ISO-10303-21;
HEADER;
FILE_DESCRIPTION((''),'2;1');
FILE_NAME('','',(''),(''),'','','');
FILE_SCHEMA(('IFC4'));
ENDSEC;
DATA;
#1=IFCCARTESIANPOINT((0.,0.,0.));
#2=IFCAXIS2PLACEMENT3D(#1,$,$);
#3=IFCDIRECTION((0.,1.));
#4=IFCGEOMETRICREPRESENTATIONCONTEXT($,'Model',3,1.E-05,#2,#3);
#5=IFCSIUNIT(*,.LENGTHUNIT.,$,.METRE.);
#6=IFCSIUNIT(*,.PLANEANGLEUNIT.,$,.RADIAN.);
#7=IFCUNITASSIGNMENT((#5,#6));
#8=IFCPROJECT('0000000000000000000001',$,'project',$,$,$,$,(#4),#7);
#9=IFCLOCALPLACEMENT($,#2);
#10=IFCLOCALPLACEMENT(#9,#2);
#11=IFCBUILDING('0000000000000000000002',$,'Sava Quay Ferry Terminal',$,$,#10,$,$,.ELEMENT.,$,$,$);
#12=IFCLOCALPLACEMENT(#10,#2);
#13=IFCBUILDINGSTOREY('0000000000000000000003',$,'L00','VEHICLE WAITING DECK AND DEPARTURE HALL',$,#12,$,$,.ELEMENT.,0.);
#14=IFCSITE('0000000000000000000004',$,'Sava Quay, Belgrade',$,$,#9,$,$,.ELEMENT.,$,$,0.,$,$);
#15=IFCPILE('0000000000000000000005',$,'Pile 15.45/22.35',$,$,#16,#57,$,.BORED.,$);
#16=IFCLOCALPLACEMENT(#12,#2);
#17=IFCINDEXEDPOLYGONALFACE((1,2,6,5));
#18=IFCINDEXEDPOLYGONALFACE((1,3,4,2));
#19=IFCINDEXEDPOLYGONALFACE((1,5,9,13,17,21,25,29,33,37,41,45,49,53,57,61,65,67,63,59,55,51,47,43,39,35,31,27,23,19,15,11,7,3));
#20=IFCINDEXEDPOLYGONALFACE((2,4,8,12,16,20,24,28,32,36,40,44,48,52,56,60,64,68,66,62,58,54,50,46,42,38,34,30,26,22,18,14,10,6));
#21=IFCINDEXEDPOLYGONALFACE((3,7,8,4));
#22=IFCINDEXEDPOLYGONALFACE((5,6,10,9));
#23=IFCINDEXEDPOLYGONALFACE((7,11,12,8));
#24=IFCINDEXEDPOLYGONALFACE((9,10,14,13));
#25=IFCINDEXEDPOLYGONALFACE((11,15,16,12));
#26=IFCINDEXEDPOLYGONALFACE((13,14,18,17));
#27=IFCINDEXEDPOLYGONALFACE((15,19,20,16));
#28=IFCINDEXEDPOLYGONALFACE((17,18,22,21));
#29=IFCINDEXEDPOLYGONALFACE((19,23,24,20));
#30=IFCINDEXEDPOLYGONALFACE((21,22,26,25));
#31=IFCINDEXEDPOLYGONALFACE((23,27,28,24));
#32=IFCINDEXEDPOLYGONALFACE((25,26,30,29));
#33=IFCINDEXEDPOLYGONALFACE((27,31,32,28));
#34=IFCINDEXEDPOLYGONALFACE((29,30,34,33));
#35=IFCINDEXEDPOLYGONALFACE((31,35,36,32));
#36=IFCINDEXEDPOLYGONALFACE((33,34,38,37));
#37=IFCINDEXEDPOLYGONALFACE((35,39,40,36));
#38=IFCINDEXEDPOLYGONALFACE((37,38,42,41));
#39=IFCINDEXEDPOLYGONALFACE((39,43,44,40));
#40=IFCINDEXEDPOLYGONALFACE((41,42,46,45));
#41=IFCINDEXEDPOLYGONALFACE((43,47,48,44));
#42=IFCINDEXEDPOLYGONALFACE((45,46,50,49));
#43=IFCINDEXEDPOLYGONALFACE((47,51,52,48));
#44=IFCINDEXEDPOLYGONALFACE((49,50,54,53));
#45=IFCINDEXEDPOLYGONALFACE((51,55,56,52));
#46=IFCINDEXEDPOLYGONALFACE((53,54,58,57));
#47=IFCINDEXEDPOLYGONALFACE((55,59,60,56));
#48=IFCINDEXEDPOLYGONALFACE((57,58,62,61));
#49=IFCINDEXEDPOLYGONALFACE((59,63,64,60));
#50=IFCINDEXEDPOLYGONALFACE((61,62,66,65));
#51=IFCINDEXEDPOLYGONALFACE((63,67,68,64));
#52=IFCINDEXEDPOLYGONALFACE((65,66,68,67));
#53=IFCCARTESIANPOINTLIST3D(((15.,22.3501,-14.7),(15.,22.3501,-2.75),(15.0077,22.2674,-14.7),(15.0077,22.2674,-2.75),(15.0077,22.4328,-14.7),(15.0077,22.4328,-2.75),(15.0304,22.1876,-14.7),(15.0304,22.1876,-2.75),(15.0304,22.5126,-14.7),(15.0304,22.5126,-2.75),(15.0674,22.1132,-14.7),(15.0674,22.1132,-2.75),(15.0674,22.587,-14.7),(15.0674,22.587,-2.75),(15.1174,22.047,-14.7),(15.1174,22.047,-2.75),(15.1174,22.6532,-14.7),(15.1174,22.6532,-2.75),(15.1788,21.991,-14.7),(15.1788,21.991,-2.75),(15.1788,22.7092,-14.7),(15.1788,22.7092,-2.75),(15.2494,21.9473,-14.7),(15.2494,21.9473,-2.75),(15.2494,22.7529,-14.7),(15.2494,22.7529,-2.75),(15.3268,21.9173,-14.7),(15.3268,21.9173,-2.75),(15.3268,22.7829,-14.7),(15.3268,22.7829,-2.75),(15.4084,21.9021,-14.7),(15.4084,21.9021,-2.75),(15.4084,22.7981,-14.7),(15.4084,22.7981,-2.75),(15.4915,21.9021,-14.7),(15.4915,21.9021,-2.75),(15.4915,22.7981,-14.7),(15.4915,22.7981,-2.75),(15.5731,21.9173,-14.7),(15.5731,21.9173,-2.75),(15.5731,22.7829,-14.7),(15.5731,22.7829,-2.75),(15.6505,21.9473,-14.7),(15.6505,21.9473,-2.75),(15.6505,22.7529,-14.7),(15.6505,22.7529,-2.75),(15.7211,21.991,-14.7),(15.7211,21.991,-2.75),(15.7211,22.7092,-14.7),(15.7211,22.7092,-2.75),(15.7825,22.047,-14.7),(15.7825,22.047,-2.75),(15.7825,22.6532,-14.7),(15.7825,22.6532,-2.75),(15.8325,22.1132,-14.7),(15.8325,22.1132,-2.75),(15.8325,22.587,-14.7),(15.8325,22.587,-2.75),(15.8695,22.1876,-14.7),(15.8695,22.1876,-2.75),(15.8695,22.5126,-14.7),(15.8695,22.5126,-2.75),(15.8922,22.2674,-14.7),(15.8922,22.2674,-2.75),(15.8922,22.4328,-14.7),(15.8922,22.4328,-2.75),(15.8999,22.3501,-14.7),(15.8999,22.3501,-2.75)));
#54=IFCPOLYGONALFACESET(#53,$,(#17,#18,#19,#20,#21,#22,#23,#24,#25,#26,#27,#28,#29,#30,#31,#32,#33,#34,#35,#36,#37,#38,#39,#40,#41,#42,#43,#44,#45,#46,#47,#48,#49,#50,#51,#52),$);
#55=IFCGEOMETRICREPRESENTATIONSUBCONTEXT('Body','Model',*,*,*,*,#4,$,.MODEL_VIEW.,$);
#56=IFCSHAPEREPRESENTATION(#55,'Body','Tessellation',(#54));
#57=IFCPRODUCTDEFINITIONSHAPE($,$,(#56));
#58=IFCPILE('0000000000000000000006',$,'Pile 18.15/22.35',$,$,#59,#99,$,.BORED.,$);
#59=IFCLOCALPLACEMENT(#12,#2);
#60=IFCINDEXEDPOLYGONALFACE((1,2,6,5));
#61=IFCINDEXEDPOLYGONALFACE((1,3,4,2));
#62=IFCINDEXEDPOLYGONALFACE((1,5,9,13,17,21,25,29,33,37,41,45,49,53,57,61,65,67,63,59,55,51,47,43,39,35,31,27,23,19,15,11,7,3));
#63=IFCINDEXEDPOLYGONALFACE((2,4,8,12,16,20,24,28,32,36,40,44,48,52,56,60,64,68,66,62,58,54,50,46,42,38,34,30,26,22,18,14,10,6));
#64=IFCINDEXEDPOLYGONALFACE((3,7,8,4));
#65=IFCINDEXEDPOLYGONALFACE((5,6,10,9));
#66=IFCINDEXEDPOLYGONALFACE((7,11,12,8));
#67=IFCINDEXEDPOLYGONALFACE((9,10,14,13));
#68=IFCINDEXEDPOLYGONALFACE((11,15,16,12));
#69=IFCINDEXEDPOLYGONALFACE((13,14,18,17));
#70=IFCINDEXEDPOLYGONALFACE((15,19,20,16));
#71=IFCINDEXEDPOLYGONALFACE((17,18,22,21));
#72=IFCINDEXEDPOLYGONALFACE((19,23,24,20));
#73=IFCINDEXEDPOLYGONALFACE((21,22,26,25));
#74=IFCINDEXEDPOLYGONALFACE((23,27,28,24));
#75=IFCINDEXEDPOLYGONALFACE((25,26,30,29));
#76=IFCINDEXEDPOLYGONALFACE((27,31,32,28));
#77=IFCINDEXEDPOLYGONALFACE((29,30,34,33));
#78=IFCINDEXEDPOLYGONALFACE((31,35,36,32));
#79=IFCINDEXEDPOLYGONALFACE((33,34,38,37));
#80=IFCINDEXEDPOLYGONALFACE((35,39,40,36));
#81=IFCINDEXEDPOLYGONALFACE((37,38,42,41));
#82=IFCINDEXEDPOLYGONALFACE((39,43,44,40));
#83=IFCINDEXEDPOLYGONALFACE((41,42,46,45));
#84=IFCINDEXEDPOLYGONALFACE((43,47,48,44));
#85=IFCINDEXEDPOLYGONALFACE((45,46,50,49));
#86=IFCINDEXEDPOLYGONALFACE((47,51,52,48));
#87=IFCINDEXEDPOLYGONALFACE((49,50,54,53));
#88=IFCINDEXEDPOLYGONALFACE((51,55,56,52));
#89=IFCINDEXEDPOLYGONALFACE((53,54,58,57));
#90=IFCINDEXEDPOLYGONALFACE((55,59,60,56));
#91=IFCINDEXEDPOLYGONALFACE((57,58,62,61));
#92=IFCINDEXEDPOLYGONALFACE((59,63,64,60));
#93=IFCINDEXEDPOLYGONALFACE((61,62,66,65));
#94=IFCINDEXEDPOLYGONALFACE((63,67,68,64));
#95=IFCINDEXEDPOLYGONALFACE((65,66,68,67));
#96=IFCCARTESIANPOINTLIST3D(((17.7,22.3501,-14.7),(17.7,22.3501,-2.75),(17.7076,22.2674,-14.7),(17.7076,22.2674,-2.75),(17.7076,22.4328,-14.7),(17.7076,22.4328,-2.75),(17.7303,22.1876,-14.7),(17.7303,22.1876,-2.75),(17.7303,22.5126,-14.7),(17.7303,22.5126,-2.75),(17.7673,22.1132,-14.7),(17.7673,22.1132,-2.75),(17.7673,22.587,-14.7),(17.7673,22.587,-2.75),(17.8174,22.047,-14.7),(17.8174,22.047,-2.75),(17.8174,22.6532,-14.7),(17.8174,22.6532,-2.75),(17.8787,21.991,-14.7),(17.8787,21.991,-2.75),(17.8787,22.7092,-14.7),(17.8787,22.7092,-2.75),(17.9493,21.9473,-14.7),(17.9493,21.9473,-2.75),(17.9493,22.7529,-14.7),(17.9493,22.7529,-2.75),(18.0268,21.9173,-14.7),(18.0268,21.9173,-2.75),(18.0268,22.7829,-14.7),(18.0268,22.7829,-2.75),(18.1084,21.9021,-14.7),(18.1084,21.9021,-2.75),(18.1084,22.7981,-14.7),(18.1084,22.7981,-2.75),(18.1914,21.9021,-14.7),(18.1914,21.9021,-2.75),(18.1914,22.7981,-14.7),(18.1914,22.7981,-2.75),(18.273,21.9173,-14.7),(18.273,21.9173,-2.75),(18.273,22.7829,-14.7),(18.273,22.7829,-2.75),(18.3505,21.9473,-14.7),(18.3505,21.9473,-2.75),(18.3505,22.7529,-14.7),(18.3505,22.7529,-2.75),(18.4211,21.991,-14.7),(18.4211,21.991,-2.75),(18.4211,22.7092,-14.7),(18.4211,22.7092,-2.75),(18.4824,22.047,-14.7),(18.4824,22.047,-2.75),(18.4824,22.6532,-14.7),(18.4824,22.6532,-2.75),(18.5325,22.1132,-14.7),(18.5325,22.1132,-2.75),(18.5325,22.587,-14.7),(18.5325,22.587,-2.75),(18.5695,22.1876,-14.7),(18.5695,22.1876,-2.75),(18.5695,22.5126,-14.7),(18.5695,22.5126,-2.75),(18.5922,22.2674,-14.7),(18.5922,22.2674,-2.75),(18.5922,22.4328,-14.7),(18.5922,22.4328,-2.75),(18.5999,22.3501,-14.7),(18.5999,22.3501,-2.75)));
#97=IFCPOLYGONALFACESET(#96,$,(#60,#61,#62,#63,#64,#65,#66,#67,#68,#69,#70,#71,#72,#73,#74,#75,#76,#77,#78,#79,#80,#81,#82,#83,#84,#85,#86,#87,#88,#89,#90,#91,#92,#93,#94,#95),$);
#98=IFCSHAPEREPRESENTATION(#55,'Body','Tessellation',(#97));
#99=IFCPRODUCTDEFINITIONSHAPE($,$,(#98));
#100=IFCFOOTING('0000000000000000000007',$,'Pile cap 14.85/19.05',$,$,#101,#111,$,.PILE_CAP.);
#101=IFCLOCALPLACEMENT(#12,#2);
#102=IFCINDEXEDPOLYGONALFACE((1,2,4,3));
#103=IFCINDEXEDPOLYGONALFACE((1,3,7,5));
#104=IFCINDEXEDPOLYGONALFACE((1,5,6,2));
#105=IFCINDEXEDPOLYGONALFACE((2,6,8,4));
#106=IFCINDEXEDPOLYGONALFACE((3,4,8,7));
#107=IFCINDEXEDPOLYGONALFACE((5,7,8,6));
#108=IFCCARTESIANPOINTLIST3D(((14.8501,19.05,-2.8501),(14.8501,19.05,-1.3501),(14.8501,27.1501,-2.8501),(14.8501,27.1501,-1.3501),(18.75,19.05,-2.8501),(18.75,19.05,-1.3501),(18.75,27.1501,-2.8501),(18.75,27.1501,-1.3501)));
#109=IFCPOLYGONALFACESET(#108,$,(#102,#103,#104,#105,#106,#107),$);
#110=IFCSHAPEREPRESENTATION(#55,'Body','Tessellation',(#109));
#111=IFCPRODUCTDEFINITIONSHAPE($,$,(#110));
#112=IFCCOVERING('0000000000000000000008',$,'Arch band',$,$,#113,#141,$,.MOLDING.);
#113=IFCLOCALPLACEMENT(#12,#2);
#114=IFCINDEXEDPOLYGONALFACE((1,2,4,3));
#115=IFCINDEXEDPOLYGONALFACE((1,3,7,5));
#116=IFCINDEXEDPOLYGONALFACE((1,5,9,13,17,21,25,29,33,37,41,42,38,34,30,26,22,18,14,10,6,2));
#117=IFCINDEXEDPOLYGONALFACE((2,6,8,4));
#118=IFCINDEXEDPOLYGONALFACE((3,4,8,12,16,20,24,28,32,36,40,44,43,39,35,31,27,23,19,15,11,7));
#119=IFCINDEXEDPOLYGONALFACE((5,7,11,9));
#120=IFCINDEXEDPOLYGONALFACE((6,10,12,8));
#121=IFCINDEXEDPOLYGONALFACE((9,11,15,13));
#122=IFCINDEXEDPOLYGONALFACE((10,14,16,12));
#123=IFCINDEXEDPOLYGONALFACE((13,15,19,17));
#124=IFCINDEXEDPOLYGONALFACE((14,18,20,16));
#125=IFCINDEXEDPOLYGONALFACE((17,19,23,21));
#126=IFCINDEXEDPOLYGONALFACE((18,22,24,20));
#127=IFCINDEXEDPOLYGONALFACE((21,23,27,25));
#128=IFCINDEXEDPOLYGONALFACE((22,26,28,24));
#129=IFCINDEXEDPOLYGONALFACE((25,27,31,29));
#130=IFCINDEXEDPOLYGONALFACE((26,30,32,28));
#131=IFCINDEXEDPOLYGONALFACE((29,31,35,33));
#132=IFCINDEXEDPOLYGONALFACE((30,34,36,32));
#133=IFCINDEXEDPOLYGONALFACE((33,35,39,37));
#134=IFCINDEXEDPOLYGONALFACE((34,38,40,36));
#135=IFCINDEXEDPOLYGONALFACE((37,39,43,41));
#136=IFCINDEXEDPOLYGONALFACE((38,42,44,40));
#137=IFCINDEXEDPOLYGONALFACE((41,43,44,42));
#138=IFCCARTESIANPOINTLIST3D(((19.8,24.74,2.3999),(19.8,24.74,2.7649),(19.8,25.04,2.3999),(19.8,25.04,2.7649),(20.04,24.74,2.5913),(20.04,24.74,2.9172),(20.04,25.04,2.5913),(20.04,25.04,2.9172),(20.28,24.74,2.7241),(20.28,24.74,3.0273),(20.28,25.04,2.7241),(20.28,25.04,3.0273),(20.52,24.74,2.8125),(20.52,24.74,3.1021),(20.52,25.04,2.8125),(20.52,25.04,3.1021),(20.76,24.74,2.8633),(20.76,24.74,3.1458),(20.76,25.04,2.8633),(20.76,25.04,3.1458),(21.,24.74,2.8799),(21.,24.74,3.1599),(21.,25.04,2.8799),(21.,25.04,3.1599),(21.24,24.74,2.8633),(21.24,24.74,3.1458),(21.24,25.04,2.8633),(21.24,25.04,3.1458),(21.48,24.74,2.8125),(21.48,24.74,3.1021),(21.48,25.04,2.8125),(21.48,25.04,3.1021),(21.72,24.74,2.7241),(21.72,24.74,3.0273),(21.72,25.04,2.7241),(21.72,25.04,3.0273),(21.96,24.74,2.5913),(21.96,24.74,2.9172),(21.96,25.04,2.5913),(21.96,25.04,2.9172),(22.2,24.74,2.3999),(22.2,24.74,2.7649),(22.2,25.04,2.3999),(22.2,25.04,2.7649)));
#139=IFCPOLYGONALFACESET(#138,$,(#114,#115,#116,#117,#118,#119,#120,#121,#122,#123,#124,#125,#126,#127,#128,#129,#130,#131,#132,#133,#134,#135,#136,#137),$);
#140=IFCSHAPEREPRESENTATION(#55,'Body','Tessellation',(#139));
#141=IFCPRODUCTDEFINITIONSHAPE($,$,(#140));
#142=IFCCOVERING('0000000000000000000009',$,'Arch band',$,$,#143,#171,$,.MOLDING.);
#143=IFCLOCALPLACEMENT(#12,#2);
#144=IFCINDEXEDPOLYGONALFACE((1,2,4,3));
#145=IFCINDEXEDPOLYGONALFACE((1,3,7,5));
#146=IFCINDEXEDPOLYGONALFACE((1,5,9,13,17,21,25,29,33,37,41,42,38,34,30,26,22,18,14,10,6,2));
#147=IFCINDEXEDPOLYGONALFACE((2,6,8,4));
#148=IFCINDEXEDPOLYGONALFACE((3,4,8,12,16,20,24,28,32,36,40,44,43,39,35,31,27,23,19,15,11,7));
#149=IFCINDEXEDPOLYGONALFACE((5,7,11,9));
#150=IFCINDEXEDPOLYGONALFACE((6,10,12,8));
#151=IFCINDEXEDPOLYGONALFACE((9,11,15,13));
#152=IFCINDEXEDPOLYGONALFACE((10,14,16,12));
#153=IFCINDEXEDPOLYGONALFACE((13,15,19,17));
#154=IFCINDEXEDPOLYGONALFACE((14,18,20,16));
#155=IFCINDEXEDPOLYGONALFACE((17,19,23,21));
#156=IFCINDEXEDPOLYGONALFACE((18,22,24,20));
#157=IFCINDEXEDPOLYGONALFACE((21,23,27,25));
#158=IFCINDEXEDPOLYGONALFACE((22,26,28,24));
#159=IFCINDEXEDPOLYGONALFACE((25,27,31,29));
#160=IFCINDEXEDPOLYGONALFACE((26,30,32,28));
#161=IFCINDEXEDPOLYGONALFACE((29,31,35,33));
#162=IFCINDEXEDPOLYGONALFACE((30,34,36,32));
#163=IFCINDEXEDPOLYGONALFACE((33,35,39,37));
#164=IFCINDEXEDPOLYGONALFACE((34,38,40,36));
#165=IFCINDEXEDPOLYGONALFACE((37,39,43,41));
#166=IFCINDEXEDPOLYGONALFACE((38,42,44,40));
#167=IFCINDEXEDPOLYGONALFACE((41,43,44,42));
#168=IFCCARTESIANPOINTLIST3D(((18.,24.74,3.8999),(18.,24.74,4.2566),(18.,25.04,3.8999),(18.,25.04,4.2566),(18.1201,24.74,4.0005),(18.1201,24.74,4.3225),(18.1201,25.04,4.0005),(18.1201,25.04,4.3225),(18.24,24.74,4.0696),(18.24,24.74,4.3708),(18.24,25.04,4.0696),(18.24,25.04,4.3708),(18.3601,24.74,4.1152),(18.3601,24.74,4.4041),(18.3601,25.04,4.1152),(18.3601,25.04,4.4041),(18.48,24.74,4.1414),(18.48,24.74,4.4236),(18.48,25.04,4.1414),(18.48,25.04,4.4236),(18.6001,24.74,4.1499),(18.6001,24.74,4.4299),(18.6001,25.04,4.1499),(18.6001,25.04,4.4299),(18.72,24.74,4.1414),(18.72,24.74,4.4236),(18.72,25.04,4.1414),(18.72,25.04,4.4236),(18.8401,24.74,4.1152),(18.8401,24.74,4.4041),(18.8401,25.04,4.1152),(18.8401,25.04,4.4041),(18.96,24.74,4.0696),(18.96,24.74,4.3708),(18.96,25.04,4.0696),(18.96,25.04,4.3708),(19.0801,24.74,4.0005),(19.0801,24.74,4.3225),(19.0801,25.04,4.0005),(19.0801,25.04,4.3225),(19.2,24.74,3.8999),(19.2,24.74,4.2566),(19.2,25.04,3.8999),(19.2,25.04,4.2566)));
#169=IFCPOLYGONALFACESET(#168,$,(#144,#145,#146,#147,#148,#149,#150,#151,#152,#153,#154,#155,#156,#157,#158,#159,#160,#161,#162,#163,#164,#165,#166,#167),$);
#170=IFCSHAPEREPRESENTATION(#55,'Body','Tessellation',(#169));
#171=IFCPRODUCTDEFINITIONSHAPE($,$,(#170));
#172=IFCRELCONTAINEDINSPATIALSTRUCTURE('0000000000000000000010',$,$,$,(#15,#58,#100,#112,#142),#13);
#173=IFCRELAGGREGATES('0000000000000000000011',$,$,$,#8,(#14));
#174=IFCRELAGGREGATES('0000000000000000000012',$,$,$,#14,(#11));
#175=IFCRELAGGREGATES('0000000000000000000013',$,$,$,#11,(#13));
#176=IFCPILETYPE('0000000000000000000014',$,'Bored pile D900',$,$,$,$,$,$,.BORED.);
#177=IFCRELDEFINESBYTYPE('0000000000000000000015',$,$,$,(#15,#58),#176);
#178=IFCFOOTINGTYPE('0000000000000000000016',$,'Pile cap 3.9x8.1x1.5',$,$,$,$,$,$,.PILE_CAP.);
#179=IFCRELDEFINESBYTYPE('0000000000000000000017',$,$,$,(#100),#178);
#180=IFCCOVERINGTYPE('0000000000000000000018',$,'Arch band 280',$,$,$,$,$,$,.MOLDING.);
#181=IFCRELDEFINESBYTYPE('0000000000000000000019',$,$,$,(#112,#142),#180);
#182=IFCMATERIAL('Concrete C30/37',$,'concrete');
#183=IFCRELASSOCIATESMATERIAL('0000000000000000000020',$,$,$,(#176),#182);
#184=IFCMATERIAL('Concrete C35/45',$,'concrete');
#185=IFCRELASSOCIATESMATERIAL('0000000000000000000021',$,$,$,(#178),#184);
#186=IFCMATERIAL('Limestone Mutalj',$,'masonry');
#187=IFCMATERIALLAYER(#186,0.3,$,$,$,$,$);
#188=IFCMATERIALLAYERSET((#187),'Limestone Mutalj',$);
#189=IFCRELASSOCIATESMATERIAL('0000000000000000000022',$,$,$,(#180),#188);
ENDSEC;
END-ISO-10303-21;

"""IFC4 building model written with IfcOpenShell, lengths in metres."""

from ifc_helpers import new_model, si_unit, direction, frame, origin, origin_2d, place, context, subcontext, project, spatial, polyline, rectangle, circle, outline, extrude, material, layer, layer_set, material_profile, profile_set, type_object, element, save


model = new_model("IFC4")

# Units and contexts
model_context = context("Model", 3, precision=1e-05, world=origin(), true_north=direction((0.0, 1.0)))
body_context = subcontext(model_context, "Body", "Model", "MODEL_VIEW")
ifc_project = project(units=[si_unit("LENGTHUNIT", "METRE"), si_unit("PLANEANGLEUNIT", "RADIAN")], contexts=[model_context])

# Site, building, storey
site_placement = place(None, origin())
site = spatial("IfcSite", under=ifc_project, at=site_placement, Name="Sava Quay, Belgrade", CompositionType="ELEMENT", RefElevation=0.0)
building_placement = place(site_placement, origin())
building = spatial("IfcBuilding", under=site, at=building_placement, Name="Sava Quay Ferry Terminal", CompositionType="ELEMENT")
storey_placement = place(building_placement, origin())
storey = spatial("IfcBuildingStorey", under=building, at=storey_placement, Name="L00", Description="VEHICLE WAITING DECK AND DEPARTURE HALL", CompositionType="ELEMENT", Elevation=0.0)

# Piles
ifc_material_1 = material(Name="Concrete C30/37", Category="concrete")
ifc_material_profile = material_profile(ifc_material_1, circle(Radius=0.45, at=origin_2d()), Name="Bored pile D900")
ifc_profile_set = profile_set([ifc_material_profile], Name="Concrete C30/37")
pile_type = type_object("IfcPileType", Name="Bored pile D900", PredefinedType="BORED", material=ifc_profile_set)
for number, where, z_axis, x_axis, name in (
    (1, (15.45, 22.3501, -2.75), (0.0, 0.0, -1.0), (1.0, 0.0, 0.0), "Pile 15.45/22.35"),
    (2, (18.1499, 22.3501, -2.75), (0.0, 0.0, -1.0), (1.0, 0.0, 0.0), "Pile 18.15/22.35"),
):
    element("IfcPile", number, at=place(storey_placement, frame(where, z_axis=z_axis, x_axis=x_axis)), inside=storey, type_object=pile_type, Name=name, PredefinedType="BORED", context=body_context, shape_type="SweptSolid", body=[
        extrude(circle(Radius=0.45, at=origin_2d()), origin(), (0.0, 0.0, 1.0), 11.95),
    ])

# Footing
ifc_material_2 = material(Name="Concrete C35/45", Category="concrete")
footing_type = type_object("IfcFootingType", Name="Pile cap 3.9x8.1x1.5", PredefinedType="PILE_CAP", material=ifc_material_2)
footing_placement = place(storey_placement, frame((16.8, 23.1001, -2.8501), z_axis=(0.0, 0.0, 1.0), x_axis=(1.0, 0.0, 0.0)))
element("IfcFooting", 3, at=footing_placement, inside=storey, type_object=footing_type, Name="Pile cap 14.85/19.05", PredefinedType="PILE_CAP", context=body_context, shape_type="SweptSolid", body=[
    extrude(rectangle(XDim=3.8999, YDim=8.1001, at=origin_2d()), origin(), (0.0, 0.0, 1.0), 1.5),
])

# Coverings
ifc_material_3 = material(Name="Limestone Mutalj", Category="masonry")
ifc_layer_1 = layer(ifc_material_3, 0.3)
ifc_layer_set_1 = layer_set([ifc_layer_1], Name="Limestone Mutalj")
covering_type_1 = type_object("IfcCoveringType", Name="Arch band 280", PredefinedType="MOLDING", material=ifc_layer_set_1)
covering_1_placement = place(storey_placement, frame((19.8, 24.74, 2.3999), z_axis=(0.0, -1.0, 0.0), x_axis=(0.781799, 0.0, 0.62353)))
element("IfcCovering", 4, at=covering_1_placement, inside=storey, type_object=covering_type_1, Name="Arch band", PredefinedType="MOLDING", context=body_context, shape_type="SweptSolid", body=[
    extrude(outline(polyline([(0.0, 0.0), (0.307, 0.0), (0.5774, -0.0458), (0.8201, -0.1264), (1.0394, -0.2363), (1.2374, -0.373), (1.4147, -0.5356), (1.5706, -0.7249), (1.7032, -0.9437), (1.808, -1.1971), (1.8762, -1.4964), (2.1038, -1.2111), (2.0112, -0.9423), (1.8922, -0.7066), (1.7512, -0.4985), (1.5908, -0.3147), (1.412, -0.154), (1.2156, -0.0155), (1.0007, 0.1), (0.7665, 0.1913), (0.5102, 0.2548), (0.2276, 0.2853), (0.0, 0.0)])), origin(), (0.0, 0.0, -1.0), 0.3),
])
covering_2_placement = place(storey_placement, frame((18.0, 24.74, 3.8999), z_axis=(0.0, -1.0, 0.0), x_axis=(0.766686, 0.0, 0.642022)))
element("IfcCovering", 5, at=covering_2_placement, inside=storey, type_object=covering_type_1, Name="Arch band", PredefinedType="MOLDING", context=body_context, shape_type="SweptSolid", body=[
    extrude(outline(polyline([(0.0, 0.0), (0.1567, 0.0), (0.2929, -0.024), (0.4143, -0.0661), (0.523, -0.123), (0.6206, -0.1936), (0.707, -0.2771), (0.7823, -0.3743), (0.8449, -0.4862), (0.8927, -0.6163), (0.92, -0.7704), (1.149, -0.4969), (1.0994, -0.3694), (1.0383, -0.2552), (0.9678, -0.1528), (0.8882, -0.0607), (0.8004, 0.0211), (0.7042, 0.0933), (0.5998, 0.1553), (0.4864, 0.207), (0.3634, 0.2469), (0.229, 0.2735), (0.0, 0.0)])), origin(), (0.0, 0.0, -1.0), 0.3),
])

save(model, "model.ifc")
